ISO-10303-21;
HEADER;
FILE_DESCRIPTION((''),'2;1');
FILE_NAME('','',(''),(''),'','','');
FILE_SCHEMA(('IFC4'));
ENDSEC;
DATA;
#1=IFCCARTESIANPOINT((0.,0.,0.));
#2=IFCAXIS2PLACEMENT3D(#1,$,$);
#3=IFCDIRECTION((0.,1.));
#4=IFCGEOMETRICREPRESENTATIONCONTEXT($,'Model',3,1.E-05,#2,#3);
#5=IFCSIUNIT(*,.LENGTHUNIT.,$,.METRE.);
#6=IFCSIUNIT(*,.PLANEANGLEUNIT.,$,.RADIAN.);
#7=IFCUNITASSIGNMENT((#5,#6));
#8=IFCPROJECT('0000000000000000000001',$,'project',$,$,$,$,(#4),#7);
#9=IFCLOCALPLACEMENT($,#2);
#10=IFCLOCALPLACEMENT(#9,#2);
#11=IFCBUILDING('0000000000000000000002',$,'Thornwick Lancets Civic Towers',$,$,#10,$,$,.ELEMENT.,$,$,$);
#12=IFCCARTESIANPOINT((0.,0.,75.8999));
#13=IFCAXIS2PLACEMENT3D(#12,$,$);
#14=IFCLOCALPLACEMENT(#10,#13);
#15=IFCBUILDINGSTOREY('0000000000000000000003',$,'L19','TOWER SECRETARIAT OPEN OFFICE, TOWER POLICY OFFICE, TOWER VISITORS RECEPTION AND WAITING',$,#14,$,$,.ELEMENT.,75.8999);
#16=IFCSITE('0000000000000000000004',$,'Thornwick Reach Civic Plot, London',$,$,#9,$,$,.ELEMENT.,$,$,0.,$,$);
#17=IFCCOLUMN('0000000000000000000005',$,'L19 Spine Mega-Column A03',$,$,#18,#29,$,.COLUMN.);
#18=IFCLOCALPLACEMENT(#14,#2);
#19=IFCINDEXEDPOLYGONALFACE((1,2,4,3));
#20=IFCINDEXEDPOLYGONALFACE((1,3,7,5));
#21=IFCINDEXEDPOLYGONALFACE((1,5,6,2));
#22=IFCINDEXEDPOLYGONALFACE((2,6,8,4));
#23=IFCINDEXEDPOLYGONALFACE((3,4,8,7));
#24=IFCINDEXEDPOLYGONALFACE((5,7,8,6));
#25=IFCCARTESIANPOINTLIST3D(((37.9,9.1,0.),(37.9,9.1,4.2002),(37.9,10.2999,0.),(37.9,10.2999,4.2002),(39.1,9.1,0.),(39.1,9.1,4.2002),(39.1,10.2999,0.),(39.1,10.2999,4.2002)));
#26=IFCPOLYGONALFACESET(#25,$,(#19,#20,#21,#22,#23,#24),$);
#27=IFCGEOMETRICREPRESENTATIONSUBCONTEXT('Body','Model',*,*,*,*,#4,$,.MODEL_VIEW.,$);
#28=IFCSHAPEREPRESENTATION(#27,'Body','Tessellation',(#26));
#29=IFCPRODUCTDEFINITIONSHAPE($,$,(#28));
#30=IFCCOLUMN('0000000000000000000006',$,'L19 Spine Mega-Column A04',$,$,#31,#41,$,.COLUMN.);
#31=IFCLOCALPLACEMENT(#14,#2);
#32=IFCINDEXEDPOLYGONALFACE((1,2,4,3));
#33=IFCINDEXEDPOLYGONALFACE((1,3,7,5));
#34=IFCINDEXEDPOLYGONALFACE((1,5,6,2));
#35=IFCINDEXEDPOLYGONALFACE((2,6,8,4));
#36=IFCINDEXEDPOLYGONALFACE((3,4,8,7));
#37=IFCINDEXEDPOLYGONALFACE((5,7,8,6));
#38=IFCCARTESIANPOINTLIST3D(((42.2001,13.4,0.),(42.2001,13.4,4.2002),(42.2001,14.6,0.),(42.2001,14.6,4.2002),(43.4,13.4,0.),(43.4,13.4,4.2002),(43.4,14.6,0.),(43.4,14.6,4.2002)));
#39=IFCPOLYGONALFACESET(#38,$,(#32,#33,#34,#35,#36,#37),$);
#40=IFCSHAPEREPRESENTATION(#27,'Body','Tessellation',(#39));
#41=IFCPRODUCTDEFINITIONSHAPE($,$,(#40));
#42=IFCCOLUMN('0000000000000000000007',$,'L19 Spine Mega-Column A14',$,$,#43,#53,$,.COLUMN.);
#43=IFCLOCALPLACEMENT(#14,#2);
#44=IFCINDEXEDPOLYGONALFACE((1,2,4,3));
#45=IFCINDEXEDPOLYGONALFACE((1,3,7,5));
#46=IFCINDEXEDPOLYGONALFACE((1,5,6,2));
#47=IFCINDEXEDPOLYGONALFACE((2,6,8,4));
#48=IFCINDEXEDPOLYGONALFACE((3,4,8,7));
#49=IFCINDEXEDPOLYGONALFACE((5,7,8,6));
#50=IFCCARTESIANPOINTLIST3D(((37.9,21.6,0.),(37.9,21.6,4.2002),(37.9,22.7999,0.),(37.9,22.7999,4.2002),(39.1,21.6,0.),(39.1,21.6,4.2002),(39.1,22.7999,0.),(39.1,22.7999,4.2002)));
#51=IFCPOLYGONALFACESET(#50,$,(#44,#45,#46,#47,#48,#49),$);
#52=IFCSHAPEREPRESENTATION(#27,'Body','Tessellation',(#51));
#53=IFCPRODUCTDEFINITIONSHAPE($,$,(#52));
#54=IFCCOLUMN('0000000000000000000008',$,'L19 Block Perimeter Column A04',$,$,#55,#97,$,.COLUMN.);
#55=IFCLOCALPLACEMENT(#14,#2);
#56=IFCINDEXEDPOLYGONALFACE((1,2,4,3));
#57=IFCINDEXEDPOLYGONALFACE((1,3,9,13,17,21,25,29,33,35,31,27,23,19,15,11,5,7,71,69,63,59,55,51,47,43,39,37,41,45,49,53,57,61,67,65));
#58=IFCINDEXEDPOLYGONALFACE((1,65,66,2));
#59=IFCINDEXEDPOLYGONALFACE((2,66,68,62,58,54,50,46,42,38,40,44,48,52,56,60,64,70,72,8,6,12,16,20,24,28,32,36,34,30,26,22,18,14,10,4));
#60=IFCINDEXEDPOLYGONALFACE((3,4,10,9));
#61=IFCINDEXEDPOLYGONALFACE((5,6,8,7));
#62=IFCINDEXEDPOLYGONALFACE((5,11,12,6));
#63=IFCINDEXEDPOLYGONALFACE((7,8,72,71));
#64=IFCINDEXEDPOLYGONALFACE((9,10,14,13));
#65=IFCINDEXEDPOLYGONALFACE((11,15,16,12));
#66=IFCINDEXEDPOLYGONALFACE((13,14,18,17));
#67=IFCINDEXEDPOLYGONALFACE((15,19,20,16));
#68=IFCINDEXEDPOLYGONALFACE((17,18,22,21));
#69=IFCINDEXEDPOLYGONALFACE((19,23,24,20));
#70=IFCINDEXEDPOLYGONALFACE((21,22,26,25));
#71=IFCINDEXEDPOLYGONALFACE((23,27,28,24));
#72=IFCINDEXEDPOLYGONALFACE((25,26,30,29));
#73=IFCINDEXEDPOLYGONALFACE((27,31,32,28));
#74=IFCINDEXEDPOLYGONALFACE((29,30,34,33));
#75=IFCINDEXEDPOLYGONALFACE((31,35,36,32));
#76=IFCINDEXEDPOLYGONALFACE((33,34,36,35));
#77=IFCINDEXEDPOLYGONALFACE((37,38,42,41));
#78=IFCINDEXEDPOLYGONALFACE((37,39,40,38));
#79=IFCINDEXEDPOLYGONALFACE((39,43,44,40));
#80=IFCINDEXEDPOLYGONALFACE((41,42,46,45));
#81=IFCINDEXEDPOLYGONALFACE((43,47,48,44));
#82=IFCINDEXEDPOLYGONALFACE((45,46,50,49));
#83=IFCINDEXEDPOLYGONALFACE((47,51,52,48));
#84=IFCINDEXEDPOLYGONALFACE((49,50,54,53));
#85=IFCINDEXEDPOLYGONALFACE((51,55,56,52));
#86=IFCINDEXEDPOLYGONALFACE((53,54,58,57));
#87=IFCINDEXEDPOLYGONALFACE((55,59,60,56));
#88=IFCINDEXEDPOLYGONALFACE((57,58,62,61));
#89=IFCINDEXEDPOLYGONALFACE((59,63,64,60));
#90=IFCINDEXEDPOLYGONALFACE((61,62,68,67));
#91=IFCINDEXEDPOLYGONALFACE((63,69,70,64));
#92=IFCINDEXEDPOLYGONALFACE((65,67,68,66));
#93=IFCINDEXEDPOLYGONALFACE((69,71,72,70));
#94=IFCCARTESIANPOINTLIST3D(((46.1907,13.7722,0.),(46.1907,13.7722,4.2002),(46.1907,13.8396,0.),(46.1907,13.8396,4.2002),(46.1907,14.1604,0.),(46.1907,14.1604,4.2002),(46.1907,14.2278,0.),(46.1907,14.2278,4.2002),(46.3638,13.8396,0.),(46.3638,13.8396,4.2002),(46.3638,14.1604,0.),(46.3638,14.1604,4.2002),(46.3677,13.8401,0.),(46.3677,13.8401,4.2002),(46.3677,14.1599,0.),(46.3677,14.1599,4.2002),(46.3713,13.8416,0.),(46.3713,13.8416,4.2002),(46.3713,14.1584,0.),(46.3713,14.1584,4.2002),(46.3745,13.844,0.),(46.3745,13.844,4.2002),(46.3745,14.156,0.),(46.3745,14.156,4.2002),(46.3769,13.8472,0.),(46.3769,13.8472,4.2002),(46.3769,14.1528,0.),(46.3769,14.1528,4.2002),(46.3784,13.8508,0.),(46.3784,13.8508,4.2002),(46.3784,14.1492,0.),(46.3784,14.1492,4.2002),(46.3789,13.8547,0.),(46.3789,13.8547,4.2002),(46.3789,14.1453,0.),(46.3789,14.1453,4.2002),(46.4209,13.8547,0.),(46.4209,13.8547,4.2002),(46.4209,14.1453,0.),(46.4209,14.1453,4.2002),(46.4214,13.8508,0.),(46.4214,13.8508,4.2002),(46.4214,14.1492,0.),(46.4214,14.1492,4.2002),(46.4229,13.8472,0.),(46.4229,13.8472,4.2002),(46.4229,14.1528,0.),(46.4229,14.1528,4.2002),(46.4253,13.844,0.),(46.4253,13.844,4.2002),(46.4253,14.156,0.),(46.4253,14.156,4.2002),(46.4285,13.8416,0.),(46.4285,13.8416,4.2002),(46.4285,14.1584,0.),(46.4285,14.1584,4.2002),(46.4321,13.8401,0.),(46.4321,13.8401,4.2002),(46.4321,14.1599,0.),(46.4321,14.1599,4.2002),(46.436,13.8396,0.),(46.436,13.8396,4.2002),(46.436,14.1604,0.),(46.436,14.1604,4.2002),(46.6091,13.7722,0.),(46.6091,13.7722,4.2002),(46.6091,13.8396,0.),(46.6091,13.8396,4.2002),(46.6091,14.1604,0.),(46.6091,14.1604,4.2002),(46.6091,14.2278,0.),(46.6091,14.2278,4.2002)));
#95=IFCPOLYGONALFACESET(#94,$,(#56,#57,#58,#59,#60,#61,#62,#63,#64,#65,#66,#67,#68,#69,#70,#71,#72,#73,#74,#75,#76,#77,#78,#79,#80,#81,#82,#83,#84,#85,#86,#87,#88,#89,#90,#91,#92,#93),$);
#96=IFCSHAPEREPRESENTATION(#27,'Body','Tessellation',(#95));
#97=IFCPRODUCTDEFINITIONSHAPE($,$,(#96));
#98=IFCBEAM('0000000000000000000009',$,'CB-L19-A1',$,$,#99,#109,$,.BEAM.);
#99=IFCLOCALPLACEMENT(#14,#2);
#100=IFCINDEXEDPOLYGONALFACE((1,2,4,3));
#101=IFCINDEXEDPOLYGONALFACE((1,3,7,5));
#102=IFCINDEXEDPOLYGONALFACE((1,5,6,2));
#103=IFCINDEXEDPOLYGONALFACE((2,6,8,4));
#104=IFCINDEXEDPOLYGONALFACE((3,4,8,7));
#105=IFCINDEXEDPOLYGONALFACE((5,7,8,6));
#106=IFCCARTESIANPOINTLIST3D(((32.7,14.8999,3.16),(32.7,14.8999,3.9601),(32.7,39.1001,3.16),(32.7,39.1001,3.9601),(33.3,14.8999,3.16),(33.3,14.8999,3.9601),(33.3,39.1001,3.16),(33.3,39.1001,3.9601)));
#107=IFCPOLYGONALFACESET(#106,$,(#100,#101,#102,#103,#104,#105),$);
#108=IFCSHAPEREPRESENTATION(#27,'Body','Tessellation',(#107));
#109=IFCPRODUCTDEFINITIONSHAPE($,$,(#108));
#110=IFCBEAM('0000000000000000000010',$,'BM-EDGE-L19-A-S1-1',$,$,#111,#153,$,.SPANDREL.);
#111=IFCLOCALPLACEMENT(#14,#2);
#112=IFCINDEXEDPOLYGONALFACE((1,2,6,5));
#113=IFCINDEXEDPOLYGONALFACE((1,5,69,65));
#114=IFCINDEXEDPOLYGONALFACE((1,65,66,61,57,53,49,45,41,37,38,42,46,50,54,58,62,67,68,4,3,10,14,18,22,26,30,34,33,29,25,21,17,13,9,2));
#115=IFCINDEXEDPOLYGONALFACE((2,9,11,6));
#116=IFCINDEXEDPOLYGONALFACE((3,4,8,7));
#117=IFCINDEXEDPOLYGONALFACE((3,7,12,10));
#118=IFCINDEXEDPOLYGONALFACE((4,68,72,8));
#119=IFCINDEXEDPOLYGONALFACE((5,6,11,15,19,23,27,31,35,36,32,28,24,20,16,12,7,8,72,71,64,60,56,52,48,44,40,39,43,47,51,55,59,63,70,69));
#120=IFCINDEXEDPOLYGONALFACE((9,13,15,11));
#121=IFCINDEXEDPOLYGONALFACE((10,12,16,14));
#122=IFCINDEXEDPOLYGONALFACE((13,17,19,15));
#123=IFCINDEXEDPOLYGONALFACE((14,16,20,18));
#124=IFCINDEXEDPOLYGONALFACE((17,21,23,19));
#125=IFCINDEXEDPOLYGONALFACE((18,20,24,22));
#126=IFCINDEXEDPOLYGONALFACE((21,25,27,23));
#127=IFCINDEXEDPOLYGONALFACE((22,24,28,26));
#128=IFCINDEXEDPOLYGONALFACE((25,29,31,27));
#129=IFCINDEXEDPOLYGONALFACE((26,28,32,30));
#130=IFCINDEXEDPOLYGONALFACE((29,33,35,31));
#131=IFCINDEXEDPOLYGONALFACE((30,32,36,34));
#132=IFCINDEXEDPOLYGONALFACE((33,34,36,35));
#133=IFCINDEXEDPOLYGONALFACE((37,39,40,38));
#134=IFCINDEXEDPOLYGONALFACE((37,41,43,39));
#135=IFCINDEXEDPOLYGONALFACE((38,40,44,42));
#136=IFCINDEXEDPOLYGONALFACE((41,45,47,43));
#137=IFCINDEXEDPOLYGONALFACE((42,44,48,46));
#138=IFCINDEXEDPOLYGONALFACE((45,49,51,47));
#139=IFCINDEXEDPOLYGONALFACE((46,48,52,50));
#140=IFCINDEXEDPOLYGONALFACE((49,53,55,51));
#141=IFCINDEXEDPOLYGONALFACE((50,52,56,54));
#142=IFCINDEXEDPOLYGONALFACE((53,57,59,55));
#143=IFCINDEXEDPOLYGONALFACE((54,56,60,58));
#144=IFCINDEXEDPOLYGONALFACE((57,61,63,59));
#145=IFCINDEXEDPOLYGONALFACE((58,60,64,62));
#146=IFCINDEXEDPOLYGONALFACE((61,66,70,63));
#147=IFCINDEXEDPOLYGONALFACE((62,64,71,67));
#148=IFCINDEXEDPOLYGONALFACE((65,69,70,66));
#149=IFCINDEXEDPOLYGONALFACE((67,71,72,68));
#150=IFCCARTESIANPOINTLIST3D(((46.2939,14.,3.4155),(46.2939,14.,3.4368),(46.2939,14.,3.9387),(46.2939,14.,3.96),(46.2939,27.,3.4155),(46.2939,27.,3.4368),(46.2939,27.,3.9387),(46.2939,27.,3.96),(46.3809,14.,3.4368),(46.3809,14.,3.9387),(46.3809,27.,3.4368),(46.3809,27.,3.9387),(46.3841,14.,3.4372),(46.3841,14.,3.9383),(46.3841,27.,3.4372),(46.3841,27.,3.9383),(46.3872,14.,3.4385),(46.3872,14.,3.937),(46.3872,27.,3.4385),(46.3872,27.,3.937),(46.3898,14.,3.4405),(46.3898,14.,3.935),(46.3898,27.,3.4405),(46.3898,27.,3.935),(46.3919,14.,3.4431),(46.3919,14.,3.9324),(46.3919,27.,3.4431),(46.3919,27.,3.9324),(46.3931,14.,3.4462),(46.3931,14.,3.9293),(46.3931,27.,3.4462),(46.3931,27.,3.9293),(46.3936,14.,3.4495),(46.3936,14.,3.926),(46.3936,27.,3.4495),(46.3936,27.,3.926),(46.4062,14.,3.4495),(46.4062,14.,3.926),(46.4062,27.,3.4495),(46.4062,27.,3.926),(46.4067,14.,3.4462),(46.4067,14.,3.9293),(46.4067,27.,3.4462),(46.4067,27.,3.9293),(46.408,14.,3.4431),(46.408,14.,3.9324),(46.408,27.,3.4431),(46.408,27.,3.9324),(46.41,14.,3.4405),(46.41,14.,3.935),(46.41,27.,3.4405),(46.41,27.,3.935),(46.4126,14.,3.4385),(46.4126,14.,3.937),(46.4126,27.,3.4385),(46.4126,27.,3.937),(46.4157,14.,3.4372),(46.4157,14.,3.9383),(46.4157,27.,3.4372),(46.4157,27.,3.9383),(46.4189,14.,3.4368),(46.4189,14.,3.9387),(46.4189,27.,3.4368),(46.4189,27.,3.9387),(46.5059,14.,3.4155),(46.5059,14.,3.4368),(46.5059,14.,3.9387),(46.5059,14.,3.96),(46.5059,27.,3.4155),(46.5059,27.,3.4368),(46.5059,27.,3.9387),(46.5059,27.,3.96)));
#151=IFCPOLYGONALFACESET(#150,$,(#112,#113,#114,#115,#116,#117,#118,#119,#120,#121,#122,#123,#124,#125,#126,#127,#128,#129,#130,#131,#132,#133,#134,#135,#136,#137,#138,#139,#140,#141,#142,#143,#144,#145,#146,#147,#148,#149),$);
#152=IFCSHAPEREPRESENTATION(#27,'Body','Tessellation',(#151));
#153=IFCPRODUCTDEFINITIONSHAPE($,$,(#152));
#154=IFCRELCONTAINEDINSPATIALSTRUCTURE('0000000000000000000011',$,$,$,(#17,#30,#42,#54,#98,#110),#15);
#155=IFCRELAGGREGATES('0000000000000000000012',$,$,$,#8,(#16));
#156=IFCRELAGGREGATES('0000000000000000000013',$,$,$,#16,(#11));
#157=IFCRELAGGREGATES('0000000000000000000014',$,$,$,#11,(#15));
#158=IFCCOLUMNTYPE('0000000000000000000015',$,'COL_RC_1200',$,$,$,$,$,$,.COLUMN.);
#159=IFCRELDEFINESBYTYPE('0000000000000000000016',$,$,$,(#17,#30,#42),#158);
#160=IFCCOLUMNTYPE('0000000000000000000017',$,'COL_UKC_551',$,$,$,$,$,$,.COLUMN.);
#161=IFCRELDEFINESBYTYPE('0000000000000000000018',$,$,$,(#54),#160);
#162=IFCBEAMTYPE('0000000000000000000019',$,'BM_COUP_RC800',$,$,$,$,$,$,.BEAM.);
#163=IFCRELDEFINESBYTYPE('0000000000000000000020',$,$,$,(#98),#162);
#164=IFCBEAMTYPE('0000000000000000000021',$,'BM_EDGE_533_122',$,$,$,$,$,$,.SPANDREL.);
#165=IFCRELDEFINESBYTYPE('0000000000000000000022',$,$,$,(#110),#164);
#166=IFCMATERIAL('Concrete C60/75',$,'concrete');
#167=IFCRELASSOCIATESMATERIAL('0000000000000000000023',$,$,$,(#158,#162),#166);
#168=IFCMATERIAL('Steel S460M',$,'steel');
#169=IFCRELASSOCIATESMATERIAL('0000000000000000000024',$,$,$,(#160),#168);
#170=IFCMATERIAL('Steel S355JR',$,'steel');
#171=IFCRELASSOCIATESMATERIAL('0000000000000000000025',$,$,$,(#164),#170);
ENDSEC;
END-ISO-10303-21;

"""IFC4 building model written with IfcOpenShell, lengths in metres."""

from ifc_helpers import new_model, si_unit, direction, frame, origin, origin_2d, place, context, subcontext, project, spatial, rectangle, i_section, extrude, material, material_profile, profile_set, type_object, element, save


model = new_model("IFC4")

# Units and contexts
model_context = context("Model", 3, precision=1e-05, world=origin(), true_north=direction((0.0, 1.0)))
body_context = subcontext(model_context, "Body", "Model", "MODEL_VIEW")
ifc_project = project(units=[si_unit("LENGTHUNIT", "METRE"), si_unit("PLANEANGLEUNIT", "RADIAN")], contexts=[model_context])

# Site, building, storey
site_placement = place(None, origin())
site = spatial("IfcSite", under=ifc_project, at=site_placement, Name="Thornwick Reach Civic Plot, London", CompositionType="ELEMENT", RefElevation=0.0)
building_placement = place(site_placement, origin())
building = spatial("IfcBuilding", under=site, at=building_placement, Name="Thornwick Lancets Civic Towers", CompositionType="ELEMENT")
storey_placement = place(building_placement, frame((0.0, 0.0, 75.8999)))
storey = spatial("IfcBuildingStorey", under=building, at=storey_placement, Name="L19", Description="TOWER SECRETARIAT OPEN OFFICE, TOWER POLICY OFFICE, TOWER VISITORS RECEPTION AND WAITING", CompositionType="ELEMENT", Elevation=75.8999)

# Columns
ifc_material_1 = material(Name="Concrete C60/75", Category="concrete")
ifc_material_profile_1 = material_profile(ifc_material_1, rectangle(XDim=1.2, YDim=1.2, at=origin_2d()), Name="RC 1200x1200")
ifc_profile_set_1 = profile_set([ifc_material_profile_1], Name="Concrete C60/75")
column_type_1 = type_object("IfcColumnType", Name="COL_RC_1200", PredefinedType="COLUMN", material=ifc_profile_set_1)
for number, where, z_axis, x_axis, name in (
    (1, (38.5, 9.7, 0.0), (0.0, 0.0, 1.0), (1.0, 0.0, 0.0), "L19 Spine Mega-Column A03"),
    (2, (42.8, 14.0, 0.0), (0.0, 0.0, 1.0), (1.0, 0.0, 0.0), "L19 Spine Mega-Column A04"),
    (3, (38.5, 22.2, 0.0), (0.0, 0.0, 1.0), (1.0, 0.0, 0.0), "L19 Spine Mega-Column A14"),
):
    element("IfcColumn", number, at=place(storey_placement, frame(where, z_axis=z_axis, x_axis=x_axis)), inside=storey, type_object=column_type_1, Name=name, PredefinedType="COLUMN", context=body_context, shape_type="SweptSolid", body=[
        extrude(rectangle(XDim=1.2, YDim=1.2, at=origin_2d()), origin(), (0.0, 0.0, 1.0), 4.2002),
    ])
ifc_material_2 = material(Name="Steel S460M", Category="steel")
ifc_material_profile_2 = material_profile(ifc_material_2, i_section(OverallWidth=0.4185, OverallDepth=0.4556, WebThickness=0.042, FlangeThickness=0.0674, FilletRadius=0.0151, at=origin_2d()), Name="UKC 356x406x551")
ifc_profile_set_2 = profile_set([ifc_material_profile_2], Name="Steel S460M")
column_type_2 = type_object("IfcColumnType", Name="COL_UKC_551", PredefinedType="COLUMN", material=ifc_profile_set_2)
column_placement = place(storey_placement, frame((46.3999, 14.0, 0.0), z_axis=(0.0, 0.0, 1.0), x_axis=(1.0, 0.0, 0.0)))
element("IfcColumn", 4, at=column_placement, inside=storey, type_object=column_type_2, Name="L19 Block Perimeter Column A04", PredefinedType="COLUMN", context=body_context, shape_type="SweptSolid", body=[
    extrude(i_section(OverallWidth=0.4185, OverallDepth=0.4556, WebThickness=0.042, FlangeThickness=0.0674, FilletRadius=0.0151, at=origin_2d()), origin(), (0.0, 0.0, 1.0), 4.2002),
])

# Beams
ifc_material_profile_3 = material_profile(ifc_material_1, rectangle(XDim=0.6001, YDim=0.8, at=origin_2d()), Name="RC 600x800")
ifc_profile_set_3 = profile_set([ifc_material_profile_3], Name="Concrete C60/75")
beam_type_1 = type_object("IfcBeamType", Name="BM_COUP_RC800", PredefinedType="BEAM", material=ifc_profile_set_3)
beam_1_placement = place(storey_placement, frame((33.0, 14.8999, 3.5601), z_axis=(0.0, 1.0, 0.0), x_axis=(-1.0, 0.0, 0.0)))
element("IfcBeam", 5, at=beam_1_placement, inside=storey, type_object=beam_type_1, Name="CB-L19-A1", PredefinedType="BEAM", context=body_context, shape_type="SweptSolid", body=[
    extrude(rectangle(XDim=0.6001, YDim=0.8, at=origin_2d()), origin(), (0.0, 0.0, 1.0), 24.2002),
])
ifc_material_3 = material(Name="Steel S355JR", Category="steel")
ifc_material_profile_4 = material_profile(ifc_material_3, i_section(OverallWidth=0.2119, OverallDepth=0.5444, WebThickness=0.0127, FlangeThickness=0.0212, FilletRadius=0.0127, at=origin_2d()), Name="UKB 533x210x122")
ifc_profile_set_4 = profile_set([ifc_material_profile_4], Name="Steel S355JR")
beam_type_2 = type_object("IfcBeamType", Name="BM_EDGE_533_122", PredefinedType="SPANDREL", material=ifc_profile_set_4)
beam_2_placement = place(storey_placement, frame((46.3999, 14.0, 3.6877), z_axis=(0.0, 1.0, 0.0), x_axis=(-1.0, 0.0, 0.0)))
element("IfcBeam", 6, at=beam_2_placement, inside=storey, type_object=beam_type_2, Name="BM-EDGE-L19-A-S1-1", PredefinedType="SPANDREL", context=body_context, shape_type="SweptSolid", body=[
    extrude(i_section(OverallWidth=0.2119, OverallDepth=0.5444, WebThickness=0.0127, FlangeThickness=0.0212, FilletRadius=0.0127, at=origin_2d()), origin(), (0.0, 0.0, 1.0), 13.0),
])

save(model, "model.ifc")
